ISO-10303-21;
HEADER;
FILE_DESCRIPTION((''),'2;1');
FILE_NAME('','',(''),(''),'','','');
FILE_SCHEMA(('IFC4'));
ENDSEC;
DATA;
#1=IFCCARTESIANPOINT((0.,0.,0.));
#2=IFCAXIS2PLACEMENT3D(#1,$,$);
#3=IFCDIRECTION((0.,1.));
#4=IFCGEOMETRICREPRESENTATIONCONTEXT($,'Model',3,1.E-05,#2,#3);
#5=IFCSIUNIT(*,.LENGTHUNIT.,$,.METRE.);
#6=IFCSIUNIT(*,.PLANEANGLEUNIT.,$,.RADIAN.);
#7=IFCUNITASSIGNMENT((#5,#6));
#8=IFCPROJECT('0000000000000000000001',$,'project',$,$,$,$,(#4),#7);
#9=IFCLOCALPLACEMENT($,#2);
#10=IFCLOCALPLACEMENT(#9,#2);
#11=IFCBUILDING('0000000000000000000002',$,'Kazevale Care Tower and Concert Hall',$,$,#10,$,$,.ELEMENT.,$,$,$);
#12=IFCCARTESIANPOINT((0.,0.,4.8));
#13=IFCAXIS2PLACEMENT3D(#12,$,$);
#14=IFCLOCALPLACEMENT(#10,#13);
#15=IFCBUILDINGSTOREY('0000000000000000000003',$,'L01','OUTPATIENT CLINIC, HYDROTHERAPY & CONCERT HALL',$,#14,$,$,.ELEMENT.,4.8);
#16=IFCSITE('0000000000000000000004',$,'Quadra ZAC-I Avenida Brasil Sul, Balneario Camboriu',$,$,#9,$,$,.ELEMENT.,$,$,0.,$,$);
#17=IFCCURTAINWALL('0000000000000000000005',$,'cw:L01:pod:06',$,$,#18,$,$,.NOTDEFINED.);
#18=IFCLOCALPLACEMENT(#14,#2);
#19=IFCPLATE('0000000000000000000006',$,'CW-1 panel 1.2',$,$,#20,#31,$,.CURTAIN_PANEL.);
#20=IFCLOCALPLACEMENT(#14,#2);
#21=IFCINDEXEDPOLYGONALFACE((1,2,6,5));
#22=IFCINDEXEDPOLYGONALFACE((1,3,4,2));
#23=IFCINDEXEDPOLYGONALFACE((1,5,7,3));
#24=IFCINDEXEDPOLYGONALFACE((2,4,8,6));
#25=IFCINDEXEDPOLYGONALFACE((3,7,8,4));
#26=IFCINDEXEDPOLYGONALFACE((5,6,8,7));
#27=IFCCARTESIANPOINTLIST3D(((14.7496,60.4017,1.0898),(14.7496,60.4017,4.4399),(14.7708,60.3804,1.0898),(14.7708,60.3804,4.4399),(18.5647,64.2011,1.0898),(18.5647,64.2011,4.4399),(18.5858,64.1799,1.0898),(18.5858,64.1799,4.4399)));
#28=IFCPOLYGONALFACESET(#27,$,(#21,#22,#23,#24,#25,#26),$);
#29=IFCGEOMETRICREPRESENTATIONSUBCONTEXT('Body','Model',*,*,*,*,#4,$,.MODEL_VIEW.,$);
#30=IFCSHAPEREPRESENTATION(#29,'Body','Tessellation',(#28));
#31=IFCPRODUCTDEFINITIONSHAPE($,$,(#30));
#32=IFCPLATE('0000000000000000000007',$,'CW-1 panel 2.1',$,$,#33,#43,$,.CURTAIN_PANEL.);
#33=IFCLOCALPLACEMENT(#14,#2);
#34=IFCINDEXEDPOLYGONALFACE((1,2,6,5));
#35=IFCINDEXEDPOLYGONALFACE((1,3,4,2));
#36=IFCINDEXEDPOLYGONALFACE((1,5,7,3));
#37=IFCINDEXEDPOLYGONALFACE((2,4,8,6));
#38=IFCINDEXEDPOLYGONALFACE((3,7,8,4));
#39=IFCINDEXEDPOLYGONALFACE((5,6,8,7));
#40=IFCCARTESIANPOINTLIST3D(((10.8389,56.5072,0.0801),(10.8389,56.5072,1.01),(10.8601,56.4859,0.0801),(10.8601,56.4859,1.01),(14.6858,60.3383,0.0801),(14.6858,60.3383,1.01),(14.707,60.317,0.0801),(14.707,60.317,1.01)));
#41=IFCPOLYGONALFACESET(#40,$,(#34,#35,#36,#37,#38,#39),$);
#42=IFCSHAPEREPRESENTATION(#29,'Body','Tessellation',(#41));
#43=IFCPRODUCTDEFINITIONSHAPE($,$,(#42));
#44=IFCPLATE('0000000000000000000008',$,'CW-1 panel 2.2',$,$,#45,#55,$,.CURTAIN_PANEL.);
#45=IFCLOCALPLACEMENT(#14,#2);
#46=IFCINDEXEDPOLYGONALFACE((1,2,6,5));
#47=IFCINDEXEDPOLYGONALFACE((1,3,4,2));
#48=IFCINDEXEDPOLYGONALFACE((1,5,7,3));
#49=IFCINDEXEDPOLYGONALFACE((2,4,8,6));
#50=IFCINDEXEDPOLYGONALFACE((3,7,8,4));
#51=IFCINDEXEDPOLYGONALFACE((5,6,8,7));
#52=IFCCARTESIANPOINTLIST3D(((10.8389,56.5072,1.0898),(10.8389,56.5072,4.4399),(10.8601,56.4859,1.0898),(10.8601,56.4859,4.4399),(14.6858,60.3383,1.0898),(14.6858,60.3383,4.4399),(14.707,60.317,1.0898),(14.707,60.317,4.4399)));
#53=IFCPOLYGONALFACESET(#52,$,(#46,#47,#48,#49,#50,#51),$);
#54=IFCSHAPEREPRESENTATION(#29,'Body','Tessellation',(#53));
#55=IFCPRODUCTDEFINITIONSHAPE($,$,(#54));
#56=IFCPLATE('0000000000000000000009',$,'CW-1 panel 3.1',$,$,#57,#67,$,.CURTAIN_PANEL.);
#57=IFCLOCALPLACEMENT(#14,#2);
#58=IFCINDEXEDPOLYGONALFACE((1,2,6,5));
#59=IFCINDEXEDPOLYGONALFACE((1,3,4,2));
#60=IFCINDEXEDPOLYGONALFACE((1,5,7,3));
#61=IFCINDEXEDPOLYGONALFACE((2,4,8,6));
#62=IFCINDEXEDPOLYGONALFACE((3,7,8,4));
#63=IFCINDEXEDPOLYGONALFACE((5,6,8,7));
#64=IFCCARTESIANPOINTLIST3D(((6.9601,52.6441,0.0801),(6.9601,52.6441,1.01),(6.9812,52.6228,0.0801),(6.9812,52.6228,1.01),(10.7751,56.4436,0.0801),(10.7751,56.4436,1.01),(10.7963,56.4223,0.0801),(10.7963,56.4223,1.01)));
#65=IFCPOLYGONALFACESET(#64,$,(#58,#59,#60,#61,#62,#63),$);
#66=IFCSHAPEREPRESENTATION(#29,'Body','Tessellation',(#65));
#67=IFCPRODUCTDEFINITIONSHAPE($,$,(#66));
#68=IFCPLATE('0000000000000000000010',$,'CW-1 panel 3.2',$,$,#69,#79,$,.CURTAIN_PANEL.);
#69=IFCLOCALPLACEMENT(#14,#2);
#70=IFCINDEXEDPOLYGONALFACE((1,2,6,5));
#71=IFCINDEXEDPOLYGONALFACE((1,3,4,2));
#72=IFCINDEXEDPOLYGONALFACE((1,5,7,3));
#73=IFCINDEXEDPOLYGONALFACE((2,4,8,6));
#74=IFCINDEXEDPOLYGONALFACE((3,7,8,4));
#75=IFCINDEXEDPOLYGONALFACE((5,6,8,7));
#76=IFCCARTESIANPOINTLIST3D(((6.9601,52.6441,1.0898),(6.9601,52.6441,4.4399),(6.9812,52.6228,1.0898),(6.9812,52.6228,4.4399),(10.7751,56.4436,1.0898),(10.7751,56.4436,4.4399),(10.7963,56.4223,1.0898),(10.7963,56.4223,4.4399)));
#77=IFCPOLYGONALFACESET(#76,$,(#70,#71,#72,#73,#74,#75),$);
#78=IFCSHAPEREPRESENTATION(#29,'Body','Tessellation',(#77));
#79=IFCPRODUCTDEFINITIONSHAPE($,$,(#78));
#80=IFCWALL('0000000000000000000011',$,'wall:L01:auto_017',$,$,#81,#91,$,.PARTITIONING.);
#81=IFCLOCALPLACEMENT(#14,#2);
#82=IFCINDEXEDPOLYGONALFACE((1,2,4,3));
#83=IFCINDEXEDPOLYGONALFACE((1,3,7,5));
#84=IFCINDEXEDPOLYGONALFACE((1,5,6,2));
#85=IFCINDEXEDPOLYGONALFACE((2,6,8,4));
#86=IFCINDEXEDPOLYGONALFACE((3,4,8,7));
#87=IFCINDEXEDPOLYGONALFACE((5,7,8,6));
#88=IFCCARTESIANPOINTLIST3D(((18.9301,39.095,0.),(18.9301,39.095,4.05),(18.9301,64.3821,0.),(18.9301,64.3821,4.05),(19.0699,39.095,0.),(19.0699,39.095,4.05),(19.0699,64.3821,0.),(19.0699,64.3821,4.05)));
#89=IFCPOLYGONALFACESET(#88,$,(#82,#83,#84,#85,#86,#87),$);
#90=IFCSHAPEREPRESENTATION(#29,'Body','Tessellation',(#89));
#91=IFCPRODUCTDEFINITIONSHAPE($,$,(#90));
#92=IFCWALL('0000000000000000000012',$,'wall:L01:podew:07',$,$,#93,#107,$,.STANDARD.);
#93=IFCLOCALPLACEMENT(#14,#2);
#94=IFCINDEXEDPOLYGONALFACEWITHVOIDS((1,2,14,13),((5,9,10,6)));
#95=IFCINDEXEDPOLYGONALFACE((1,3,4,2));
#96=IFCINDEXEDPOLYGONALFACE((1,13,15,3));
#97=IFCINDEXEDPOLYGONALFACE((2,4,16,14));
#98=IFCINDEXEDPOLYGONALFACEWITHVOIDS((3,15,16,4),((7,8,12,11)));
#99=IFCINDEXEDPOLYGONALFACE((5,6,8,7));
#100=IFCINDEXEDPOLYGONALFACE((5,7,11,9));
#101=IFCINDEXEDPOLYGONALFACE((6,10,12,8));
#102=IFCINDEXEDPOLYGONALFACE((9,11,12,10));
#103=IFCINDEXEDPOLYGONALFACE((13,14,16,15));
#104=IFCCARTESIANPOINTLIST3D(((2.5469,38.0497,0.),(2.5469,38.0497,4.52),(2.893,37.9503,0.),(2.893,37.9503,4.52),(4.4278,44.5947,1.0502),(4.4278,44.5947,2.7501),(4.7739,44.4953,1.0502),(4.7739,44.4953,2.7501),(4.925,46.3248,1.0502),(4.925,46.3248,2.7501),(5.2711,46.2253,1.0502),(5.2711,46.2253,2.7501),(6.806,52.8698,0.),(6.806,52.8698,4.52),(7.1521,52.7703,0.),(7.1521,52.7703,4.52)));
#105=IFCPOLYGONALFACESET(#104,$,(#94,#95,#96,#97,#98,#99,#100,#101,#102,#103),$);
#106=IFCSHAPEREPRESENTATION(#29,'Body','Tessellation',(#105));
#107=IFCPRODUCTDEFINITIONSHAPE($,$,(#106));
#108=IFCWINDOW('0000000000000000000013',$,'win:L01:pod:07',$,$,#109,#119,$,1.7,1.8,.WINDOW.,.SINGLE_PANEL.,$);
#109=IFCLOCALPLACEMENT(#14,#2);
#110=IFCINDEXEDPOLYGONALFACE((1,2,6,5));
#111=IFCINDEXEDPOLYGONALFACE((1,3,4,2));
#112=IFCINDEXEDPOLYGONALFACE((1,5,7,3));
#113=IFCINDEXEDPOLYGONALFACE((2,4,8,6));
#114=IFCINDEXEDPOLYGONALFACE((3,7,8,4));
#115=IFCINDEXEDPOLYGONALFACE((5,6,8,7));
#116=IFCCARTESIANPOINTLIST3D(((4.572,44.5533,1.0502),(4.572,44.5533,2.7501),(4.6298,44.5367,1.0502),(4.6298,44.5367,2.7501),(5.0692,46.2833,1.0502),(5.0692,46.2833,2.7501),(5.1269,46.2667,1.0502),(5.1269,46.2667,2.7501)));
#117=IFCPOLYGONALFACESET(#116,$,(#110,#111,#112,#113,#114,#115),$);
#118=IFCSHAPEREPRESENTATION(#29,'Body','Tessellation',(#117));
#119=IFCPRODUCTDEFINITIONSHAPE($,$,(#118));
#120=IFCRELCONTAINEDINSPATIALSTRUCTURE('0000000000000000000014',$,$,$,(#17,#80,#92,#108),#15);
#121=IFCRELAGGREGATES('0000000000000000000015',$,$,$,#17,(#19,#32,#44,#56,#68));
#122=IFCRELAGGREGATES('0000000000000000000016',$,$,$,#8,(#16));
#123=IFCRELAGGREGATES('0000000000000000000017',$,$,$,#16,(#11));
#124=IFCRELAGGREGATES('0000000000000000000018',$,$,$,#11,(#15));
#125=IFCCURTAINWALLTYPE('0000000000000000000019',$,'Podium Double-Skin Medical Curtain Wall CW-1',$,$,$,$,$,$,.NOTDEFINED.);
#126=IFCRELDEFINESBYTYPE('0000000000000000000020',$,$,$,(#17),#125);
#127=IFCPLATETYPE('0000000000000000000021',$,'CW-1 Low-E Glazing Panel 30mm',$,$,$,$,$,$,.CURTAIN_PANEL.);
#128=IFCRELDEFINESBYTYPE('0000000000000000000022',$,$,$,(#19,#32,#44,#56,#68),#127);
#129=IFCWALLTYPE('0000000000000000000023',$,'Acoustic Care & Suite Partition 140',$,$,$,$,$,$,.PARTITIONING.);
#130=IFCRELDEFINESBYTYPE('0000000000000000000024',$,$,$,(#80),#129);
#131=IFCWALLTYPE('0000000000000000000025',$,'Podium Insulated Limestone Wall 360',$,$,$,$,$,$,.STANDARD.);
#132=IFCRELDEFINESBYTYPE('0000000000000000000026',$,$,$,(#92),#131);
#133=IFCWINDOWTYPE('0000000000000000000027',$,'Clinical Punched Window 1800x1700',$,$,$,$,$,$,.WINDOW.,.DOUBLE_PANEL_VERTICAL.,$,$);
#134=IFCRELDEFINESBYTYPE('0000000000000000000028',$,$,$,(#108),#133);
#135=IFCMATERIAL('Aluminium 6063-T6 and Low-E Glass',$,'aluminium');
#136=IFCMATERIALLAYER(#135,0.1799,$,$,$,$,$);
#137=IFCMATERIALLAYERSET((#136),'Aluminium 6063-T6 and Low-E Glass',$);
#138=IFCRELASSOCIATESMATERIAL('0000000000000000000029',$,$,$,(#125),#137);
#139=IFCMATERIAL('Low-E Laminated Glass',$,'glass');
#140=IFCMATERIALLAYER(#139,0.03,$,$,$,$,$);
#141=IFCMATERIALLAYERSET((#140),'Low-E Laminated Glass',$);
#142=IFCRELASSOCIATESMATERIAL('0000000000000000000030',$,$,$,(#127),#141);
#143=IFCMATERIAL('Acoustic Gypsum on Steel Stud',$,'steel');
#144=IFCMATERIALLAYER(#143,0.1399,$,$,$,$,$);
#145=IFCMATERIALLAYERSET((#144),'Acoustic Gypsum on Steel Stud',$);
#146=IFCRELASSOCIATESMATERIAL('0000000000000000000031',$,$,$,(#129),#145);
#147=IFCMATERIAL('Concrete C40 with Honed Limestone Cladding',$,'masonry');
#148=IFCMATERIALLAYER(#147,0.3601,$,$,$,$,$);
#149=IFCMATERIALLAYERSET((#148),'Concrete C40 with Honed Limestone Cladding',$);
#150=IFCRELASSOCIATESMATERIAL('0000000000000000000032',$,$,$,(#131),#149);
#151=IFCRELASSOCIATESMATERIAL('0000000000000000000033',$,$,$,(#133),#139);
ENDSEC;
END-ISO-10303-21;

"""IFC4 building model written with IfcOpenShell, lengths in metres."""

from ifc_helpers import new_model, si_unit, direction, frame, frame_2d, origin, origin_2d, place, context, subcontext, project, spatial, rectangle, extrude, material, layer, layer_set, type_object, element, fill, aggregate, save


model = new_model("IFC4")

# Units and contexts
model_context = context("Model", 3, precision=1e-05, world=origin(), true_north=direction((0.0, 1.0)))
body_context = subcontext(model_context, "Body", "Model", "MODEL_VIEW")
ifc_project = project(units=[si_unit("LENGTHUNIT", "METRE"), si_unit("PLANEANGLEUNIT", "RADIAN")], contexts=[model_context])

# Site, building, storey
site_placement = place(None, origin())
site = spatial("IfcSite", under=ifc_project, at=site_placement, Name="Quadra ZAC-I Avenida Brasil Sul, Balneario Camboriu", CompositionType="ELEMENT", RefElevation=0.0)
building_placement = place(site_placement, origin())
building = spatial("IfcBuilding", under=site, at=building_placement, Name="Kazevale Care Tower and Concert Hall", CompositionType="ELEMENT")
storey_placement = place(building_placement, frame((0.0, 0.0, 4.8)))
storey = spatial("IfcBuildingStorey", under=building, at=storey_placement, Name="L01", Description="OUTPATIENT CLINIC, HYDROTHERAPY & CONCERT HALL", CompositionType="ELEMENT", Elevation=4.8)

# Curtain wall
ifc_material_1 = material(Name="Aluminium 6063-T6 and Low-E Glass", Category="aluminium")
ifc_layer_1 = layer(ifc_material_1, 0.1799)
ifc_layer_set_1 = layer_set([ifc_layer_1], Name="Aluminium 6063-T6 and Low-E Glass")
curtain_wall_type = type_object("IfcCurtainWallType", Name="Podium Double-Skin Medical Curtain Wall CW-1", PredefinedType="NOTDEFINED", material=ifc_layer_set_1)
curtain_wall_placement = place(storey_placement, origin())
curtain_wall = element("IfcCurtainWall", 1, at=curtain_wall_placement, inside=storey, type_object=curtain_wall_type, Name="cw:L01:pod:06", PredefinedType="NOTDEFINED")

# Plates
ifc_material_2 = material(Name="Low-E Laminated Glass", Category="glass")
ifc_layer_2 = layer(ifc_material_2, 0.03)
ifc_layer_set_2 = layer_set([ifc_layer_2], Name="Low-E Laminated Glass")
plate_type = type_object("IfcPlateType", Name="CW-1 Low-E Glazing Panel 30mm", PredefinedType="CURTAIN_PANEL", material=ifc_layer_set_2)
plate_1_placement = place(storey_placement, frame((16.6677, 62.2908, 1.0898), z_axis=(0.0, 0.0, 1.0), x_axis=(-0.708555, -0.705656, 0.0)))
plate_1 = element("IfcPlate", 2, at=plate_1_placement, type_object=plate_type, Name="CW-1 panel 1.2", PredefinedType="CURTAIN_PANEL", context=body_context, shape_type="SweptSolid", body=[
    extrude(rectangle(XDim=5.3843, YDim=0.03, at=origin_2d()), origin(), (0.0, 0.0, 1.0), 3.3501),
])
plate_2_placement = place(storey_placement, frame((12.7729, 58.4121, 0.0801), z_axis=(0.0, 0.0, 1.0), x_axis=(-0.708555, -0.705656, 0.0)))
plate_2 = element("IfcPlate", 3, at=plate_2_placement, type_object=plate_type, Name="CW-1 panel 2.1", PredefinedType="CURTAIN_PANEL", context=body_context, shape_type="SweptSolid", body=[
    extrude(rectangle(XDim=5.4292, YDim=0.03, at=origin_2d()), origin(), (0.0, 0.0, 1.0), 0.9299),
])
plate_3_placement = place(storey_placement, frame((12.7729, 58.4121, 1.0898), z_axis=(0.0, 0.0, 1.0), x_axis=(-0.708555, -0.705656, 0.0)))
plate_3 = element("IfcPlate", 4, at=plate_3_placement, type_object=plate_type, Name="CW-1 panel 2.2", PredefinedType="CURTAIN_PANEL", context=body_context, shape_type="SweptSolid", body=[
    extrude(rectangle(XDim=5.4292, YDim=0.03, at=origin_2d()), origin(), (0.0, 0.0, 1.0), 3.3501),
])
plate_4_placement = place(storey_placement, frame((8.8782, 54.5332, 0.0801), z_axis=(0.0, 0.0, 1.0), x_axis=(-0.708555, -0.705656, 0.0)))
plate_4 = element("IfcPlate", 5, at=plate_4_placement, type_object=plate_type, Name="CW-1 panel 3.1", PredefinedType="CURTAIN_PANEL", context=body_context, shape_type="SweptSolid", body=[
    extrude(rectangle(XDim=5.3843, YDim=0.03, at=origin_2d()), origin(), (0.0, 0.0, 1.0), 0.9299),
])
plate_5_placement = place(storey_placement, frame((8.8782, 54.5332, 1.0898), z_axis=(0.0, 0.0, 1.0), x_axis=(-0.708555, -0.705656, 0.0)))
plate_5 = element("IfcPlate", 6, at=plate_5_placement, type_object=plate_type, Name="CW-1 panel 3.2", PredefinedType="CURTAIN_PANEL", context=body_context, shape_type="SweptSolid", body=[
    extrude(rectangle(XDim=5.3843, YDim=0.03, at=origin_2d()), origin(), (0.0, 0.0, 1.0), 3.3501),
])
aggregate(curtain_wall, [plate_1, plate_2, plate_3, plate_4, plate_5])

# Wall
ifc_material_3 = material(Name="Acoustic Gypsum on Steel Stud", Category="steel")
ifc_layer_3 = layer(ifc_material_3, 0.1399)
ifc_layer_set_3 = layer_set([ifc_layer_3], Name="Acoustic Gypsum on Steel Stud")
wall_type_1 = type_object("IfcWallType", Name="Acoustic Care & Suite Partition 140", PredefinedType="PARTITIONING", material=ifc_layer_set_3)
wall_1_placement = place(storey_placement, frame((19.0, 64.3821, 0.0), z_axis=(0.0, 0.0, 1.0), x_axis=(0.0, -1.0, 0.0)))
element("IfcWall", 7, at=wall_1_placement, inside=storey, type_object=wall_type_1, Name="wall:L01:auto_017", PredefinedType="PARTITIONING", context=body_context, shape_type="SweptSolid", body=[
    extrude(rectangle(XDim=25.2871, YDim=0.1399, at=frame_2d((12.6436, 0.0))), origin(), (0.0, 0.0, 1.0), 4.05),
])

# Wall, opening, window
ifc_material_4 = material(Name="Concrete C40 with Honed Limestone Cladding", Category="masonry")
ifc_layer_4 = layer(ifc_material_4, 0.3601)
ifc_layer_set_4 = layer_set([ifc_layer_4], Name="Concrete C40 with Honed Limestone Cladding")
wall_type_2 = type_object("IfcWallType", Name="Podium Insulated Limestone Wall 360", PredefinedType="STANDARD", material=ifc_layer_set_4)
wall_2_placement = place(storey_placement, frame((6.979, 52.8201, 0.0), z_axis=(0.0, 0.0, 1.0), x_axis=(-0.276203, -0.961099, 0.0)))
wall_2 = element("IfcWall", 8, at=wall_2_placement, inside=storey, type_object=wall_type_2, Name="wall:L01:podew:07", PredefinedType="STANDARD", context=body_context, shape_type="SweptSolid", body=[
    extrude(rectangle(XDim=15.4199, YDim=0.3601, at=frame_2d((7.71, 0.0))), origin(), (0.0, 0.0, 1.0), 4.52),
])
opening_placement = place(wall_2_placement, frame((6.8101, 0.0, 1.05)))
opening = element("IfcOpeningElement", 9, at=opening_placement, cuts=wall_2, PredefinedType="OPENING", context=body_context, shape_type="SweptSolid", body=[
    extrude(rectangle(XDim=1.8, YDim=1.7, at=frame_2d((0.8999, 0.8501))), frame((0.0, 0.1899, 0.0), z_axis=(0.0, -1.0, 0.0), x_axis=(1.0, 0.0, 0.0)), (0.0, 0.0, 1.0), 0.3801),
])
window_type = type_object("IfcWindowType", Name="Clinical Punched Window 1800x1700", PartitioningType="DOUBLE_PANEL_VERTICAL", PredefinedType="WINDOW", material=ifc_material_2)
window_placement = place(opening_placement, origin())
window = element("IfcWindow", 10, at=window_placement, inside=storey, type_object=window_type, Name="win:L01:pod:07", OverallHeight=1.7, OverallWidth=1.8, PartitioningType="SINGLE_PANEL", PredefinedType="WINDOW", context=body_context, shape_type="SweptSolid", body=[
    extrude(rectangle(XDim=1.8, YDim=1.7, at=frame_2d((0.8999, 0.8501))), frame((0.0, 0.03, 0.0), z_axis=(0.0, -1.0, 0.0), x_axis=(1.0, 0.0, 0.0)), (0.0, 0.0, 1.0), 0.0601),
])
fill(opening, window)

save(model, "model.ifc")
